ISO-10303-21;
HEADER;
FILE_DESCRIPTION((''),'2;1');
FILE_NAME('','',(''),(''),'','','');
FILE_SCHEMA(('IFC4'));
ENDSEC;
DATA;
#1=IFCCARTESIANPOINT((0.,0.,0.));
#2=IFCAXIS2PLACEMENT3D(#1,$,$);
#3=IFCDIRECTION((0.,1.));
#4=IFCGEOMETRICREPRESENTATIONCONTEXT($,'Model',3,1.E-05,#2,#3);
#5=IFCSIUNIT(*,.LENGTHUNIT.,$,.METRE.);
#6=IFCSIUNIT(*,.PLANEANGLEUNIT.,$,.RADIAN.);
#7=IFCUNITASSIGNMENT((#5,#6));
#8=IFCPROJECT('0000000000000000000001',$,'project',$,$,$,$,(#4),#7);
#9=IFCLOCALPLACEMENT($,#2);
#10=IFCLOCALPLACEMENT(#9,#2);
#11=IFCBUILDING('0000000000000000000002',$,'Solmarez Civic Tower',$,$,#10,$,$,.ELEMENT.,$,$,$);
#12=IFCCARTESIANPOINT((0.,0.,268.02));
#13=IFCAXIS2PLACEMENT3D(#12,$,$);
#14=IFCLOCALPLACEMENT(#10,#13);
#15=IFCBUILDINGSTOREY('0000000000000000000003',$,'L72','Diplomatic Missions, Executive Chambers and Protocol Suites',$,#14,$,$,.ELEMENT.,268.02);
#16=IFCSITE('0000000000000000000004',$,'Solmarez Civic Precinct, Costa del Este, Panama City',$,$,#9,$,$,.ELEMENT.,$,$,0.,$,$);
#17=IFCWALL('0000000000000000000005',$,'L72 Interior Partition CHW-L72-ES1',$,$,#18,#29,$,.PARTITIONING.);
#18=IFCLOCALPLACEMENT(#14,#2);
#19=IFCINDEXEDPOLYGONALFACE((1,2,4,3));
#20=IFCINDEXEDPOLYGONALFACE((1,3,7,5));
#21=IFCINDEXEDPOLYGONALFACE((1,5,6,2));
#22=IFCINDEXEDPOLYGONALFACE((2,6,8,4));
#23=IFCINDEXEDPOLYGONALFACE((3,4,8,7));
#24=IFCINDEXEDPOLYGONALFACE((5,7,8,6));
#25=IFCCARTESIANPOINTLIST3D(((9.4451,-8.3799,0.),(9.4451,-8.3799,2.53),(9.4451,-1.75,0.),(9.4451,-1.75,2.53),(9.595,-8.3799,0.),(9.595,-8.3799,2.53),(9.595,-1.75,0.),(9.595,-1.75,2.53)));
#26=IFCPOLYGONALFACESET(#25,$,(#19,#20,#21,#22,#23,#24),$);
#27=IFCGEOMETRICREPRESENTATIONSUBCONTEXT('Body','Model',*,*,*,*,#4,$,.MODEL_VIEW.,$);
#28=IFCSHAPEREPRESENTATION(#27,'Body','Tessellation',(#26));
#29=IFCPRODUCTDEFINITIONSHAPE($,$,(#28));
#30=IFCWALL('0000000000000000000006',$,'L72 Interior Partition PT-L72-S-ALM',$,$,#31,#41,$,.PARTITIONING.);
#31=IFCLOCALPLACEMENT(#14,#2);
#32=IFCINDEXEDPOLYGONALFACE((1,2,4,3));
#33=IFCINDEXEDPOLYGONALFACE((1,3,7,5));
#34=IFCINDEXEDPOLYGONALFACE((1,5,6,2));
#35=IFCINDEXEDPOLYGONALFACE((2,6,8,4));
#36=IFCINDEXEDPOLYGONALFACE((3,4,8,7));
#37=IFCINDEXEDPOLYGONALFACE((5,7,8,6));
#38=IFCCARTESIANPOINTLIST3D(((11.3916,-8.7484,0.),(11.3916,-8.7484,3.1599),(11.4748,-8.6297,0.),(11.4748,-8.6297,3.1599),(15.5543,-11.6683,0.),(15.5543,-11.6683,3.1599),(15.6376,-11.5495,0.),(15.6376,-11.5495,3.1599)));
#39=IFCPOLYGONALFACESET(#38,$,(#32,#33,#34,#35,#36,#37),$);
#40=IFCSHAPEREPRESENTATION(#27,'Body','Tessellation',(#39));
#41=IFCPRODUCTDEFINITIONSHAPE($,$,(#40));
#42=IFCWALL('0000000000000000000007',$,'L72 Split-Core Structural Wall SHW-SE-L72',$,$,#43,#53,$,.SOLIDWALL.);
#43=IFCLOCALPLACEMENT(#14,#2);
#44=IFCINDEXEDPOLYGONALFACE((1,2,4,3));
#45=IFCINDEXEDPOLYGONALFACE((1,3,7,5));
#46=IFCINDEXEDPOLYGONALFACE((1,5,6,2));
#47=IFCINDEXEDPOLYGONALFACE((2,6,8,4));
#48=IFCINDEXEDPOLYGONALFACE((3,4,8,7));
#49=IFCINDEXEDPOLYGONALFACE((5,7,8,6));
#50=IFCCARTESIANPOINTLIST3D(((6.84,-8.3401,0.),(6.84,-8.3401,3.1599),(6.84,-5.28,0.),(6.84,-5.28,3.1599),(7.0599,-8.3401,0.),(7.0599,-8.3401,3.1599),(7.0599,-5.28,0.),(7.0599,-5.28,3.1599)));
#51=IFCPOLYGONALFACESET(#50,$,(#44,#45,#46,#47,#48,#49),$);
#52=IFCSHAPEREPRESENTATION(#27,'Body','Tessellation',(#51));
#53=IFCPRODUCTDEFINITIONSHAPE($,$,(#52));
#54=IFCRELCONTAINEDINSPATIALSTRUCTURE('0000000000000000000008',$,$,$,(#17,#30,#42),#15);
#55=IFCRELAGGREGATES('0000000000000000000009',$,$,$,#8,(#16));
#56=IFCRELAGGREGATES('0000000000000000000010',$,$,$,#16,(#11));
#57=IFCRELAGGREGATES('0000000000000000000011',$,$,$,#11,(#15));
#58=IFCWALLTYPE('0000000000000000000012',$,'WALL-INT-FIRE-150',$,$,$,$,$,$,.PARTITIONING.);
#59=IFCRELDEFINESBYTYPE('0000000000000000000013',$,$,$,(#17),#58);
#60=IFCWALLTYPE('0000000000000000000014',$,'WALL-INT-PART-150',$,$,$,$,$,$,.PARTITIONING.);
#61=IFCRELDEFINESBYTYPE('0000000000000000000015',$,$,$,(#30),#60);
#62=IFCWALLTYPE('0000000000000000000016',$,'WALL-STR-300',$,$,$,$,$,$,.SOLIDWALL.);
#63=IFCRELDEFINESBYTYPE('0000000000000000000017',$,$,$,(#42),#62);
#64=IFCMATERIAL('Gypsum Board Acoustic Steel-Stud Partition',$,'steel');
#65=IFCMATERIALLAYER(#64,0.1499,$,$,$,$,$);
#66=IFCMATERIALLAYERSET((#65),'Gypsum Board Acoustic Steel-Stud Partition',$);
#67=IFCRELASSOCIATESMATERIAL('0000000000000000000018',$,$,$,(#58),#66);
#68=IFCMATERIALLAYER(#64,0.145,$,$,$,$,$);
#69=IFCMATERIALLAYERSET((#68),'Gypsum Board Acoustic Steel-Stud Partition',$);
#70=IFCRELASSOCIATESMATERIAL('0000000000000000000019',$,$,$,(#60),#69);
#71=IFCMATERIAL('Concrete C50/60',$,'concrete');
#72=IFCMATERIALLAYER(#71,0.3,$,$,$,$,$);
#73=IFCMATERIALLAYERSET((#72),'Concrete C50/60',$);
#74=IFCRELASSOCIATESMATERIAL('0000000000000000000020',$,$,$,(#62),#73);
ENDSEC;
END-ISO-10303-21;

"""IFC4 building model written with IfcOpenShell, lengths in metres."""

from ifc_helpers import new_model, si_unit, direction, frame, frame_2d, origin, place, context, subcontext, project, spatial, rectangle, extrude, material, layer, layer_set, type_object, element, save


model = new_model("IFC4")

# Units and contexts
model_context = context("Model", 3, precision=1e-05, world=origin(), true_north=direction((0.0, 1.0)))
body_context = subcontext(model_context, "Body", "Model", "MODEL_VIEW")
ifc_project = project(units=[si_unit("LENGTHUNIT", "METRE"), si_unit("PLANEANGLEUNIT", "RADIAN")], contexts=[model_context])

# Site, building, storey
site_placement = place(None, origin())
site = spatial("IfcSite", under=ifc_project, at=site_placement, Name="Solmarez Civic Precinct, Costa del Este, Panama City", CompositionType="ELEMENT", RefElevation=0.0)
building_placement = place(site_placement, origin())
building = spatial("IfcBuilding", under=site, at=building_placement, Name="Solmarez Civic Tower", CompositionType="ELEMENT")
storey_placement = place(building_placement, frame((0.0, 0.0, 268.02)))
storey = spatial("IfcBuildingStorey", under=building, at=storey_placement, Name="L72", Description="Diplomatic Missions, Executive Chambers and Protocol Suites", CompositionType="ELEMENT", Elevation=268.02)

# Shared definitions
ifc_material_1 = material(Name="Concrete C50/60", Category="concrete")

# Walls
ifc_material_2 = material(Name="Gypsum Board Acoustic Steel-Stud Partition", Category="steel")
ifc_layer_1 = layer(ifc_material_2, 0.1499)
ifc_layer_set_1 = layer_set([ifc_layer_1], Name="Gypsum Board Acoustic Steel-Stud Partition")
wall_type_1 = type_object("IfcWallType", Name="WALL-INT-FIRE-150", PredefinedType="PARTITIONING", material=ifc_layer_set_1)
wall_1_placement = place(storey_placement, frame((9.52, -8.3799, 0.0), z_axis=(0.0, 0.0, 1.0), x_axis=(0.0, 1.0, 0.0)))
element("IfcWall", 1, at=wall_1_placement, inside=storey, type_object=wall_type_1, Name="L72 Interior Partition CHW-L72-ES1", PredefinedType="PARTITIONING", context=body_context, shape_type="SweptSolid", body=[
    extrude(rectangle(XDim=6.6299, YDim=0.1499, at=frame_2d((3.3149, 0.0))), origin(), (0.0, 0.0, 1.0), 2.53),
])
ifc_layer_2 = layer(ifc_material_2, 0.145)
ifc_layer_set_2 = layer_set([ifc_layer_2], Name="Gypsum Board Acoustic Steel-Stud Partition")
wall_type_2 = type_object("IfcWallType", Name="WALL-INT-PART-150", PredefinedType="PARTITIONING", material=ifc_layer_set_2)
wall_2_placement = place(storey_placement, frame((11.4331, -8.689, 0.0), z_axis=(0.0, 0.0, 1.0), x_axis=(0.818683, -0.574245, 0.0)))
element("IfcWall", 2, at=wall_2_placement, inside=storey, type_object=wall_type_2, Name="L72 Interior Partition PT-L72-S-ALM", PredefinedType="PARTITIONING", context=body_context, shape_type="SweptSolid", body=[
    extrude(rectangle(XDim=5.0847, YDim=0.145, at=frame_2d((2.5425, 0.0))), origin(), (0.0, 0.0, 1.0), 3.1599),
])
ifc_layer_3 = layer(ifc_material_1, 0.3)
ifc_layer_set_3 = layer_set([ifc_layer_3], Name="Concrete C50/60")
wall_type_3 = type_object("IfcWallType", Name="WALL-STR-300", PredefinedType="SOLIDWALL", material=ifc_layer_set_3)
wall_3_placement = place(storey_placement, frame((6.95, -8.3401, 0.0), z_axis=(0.0, 0.0, 1.0), x_axis=(0.0, 1.0, 0.0)))
element("IfcWall", 3, at=wall_3_placement, inside=storey, type_object=wall_type_3, Name="L72 Split-Core Structural Wall SHW-SE-L72", PredefinedType="SOLIDWALL", context=body_context, shape_type="SweptSolid", body=[
    extrude(rectangle(XDim=3.0601, YDim=0.22, at=frame_2d((1.53, 0.0))), origin(), (0.0, 0.0, 1.0), 3.1599),
])

save(model, "model.ifc")
